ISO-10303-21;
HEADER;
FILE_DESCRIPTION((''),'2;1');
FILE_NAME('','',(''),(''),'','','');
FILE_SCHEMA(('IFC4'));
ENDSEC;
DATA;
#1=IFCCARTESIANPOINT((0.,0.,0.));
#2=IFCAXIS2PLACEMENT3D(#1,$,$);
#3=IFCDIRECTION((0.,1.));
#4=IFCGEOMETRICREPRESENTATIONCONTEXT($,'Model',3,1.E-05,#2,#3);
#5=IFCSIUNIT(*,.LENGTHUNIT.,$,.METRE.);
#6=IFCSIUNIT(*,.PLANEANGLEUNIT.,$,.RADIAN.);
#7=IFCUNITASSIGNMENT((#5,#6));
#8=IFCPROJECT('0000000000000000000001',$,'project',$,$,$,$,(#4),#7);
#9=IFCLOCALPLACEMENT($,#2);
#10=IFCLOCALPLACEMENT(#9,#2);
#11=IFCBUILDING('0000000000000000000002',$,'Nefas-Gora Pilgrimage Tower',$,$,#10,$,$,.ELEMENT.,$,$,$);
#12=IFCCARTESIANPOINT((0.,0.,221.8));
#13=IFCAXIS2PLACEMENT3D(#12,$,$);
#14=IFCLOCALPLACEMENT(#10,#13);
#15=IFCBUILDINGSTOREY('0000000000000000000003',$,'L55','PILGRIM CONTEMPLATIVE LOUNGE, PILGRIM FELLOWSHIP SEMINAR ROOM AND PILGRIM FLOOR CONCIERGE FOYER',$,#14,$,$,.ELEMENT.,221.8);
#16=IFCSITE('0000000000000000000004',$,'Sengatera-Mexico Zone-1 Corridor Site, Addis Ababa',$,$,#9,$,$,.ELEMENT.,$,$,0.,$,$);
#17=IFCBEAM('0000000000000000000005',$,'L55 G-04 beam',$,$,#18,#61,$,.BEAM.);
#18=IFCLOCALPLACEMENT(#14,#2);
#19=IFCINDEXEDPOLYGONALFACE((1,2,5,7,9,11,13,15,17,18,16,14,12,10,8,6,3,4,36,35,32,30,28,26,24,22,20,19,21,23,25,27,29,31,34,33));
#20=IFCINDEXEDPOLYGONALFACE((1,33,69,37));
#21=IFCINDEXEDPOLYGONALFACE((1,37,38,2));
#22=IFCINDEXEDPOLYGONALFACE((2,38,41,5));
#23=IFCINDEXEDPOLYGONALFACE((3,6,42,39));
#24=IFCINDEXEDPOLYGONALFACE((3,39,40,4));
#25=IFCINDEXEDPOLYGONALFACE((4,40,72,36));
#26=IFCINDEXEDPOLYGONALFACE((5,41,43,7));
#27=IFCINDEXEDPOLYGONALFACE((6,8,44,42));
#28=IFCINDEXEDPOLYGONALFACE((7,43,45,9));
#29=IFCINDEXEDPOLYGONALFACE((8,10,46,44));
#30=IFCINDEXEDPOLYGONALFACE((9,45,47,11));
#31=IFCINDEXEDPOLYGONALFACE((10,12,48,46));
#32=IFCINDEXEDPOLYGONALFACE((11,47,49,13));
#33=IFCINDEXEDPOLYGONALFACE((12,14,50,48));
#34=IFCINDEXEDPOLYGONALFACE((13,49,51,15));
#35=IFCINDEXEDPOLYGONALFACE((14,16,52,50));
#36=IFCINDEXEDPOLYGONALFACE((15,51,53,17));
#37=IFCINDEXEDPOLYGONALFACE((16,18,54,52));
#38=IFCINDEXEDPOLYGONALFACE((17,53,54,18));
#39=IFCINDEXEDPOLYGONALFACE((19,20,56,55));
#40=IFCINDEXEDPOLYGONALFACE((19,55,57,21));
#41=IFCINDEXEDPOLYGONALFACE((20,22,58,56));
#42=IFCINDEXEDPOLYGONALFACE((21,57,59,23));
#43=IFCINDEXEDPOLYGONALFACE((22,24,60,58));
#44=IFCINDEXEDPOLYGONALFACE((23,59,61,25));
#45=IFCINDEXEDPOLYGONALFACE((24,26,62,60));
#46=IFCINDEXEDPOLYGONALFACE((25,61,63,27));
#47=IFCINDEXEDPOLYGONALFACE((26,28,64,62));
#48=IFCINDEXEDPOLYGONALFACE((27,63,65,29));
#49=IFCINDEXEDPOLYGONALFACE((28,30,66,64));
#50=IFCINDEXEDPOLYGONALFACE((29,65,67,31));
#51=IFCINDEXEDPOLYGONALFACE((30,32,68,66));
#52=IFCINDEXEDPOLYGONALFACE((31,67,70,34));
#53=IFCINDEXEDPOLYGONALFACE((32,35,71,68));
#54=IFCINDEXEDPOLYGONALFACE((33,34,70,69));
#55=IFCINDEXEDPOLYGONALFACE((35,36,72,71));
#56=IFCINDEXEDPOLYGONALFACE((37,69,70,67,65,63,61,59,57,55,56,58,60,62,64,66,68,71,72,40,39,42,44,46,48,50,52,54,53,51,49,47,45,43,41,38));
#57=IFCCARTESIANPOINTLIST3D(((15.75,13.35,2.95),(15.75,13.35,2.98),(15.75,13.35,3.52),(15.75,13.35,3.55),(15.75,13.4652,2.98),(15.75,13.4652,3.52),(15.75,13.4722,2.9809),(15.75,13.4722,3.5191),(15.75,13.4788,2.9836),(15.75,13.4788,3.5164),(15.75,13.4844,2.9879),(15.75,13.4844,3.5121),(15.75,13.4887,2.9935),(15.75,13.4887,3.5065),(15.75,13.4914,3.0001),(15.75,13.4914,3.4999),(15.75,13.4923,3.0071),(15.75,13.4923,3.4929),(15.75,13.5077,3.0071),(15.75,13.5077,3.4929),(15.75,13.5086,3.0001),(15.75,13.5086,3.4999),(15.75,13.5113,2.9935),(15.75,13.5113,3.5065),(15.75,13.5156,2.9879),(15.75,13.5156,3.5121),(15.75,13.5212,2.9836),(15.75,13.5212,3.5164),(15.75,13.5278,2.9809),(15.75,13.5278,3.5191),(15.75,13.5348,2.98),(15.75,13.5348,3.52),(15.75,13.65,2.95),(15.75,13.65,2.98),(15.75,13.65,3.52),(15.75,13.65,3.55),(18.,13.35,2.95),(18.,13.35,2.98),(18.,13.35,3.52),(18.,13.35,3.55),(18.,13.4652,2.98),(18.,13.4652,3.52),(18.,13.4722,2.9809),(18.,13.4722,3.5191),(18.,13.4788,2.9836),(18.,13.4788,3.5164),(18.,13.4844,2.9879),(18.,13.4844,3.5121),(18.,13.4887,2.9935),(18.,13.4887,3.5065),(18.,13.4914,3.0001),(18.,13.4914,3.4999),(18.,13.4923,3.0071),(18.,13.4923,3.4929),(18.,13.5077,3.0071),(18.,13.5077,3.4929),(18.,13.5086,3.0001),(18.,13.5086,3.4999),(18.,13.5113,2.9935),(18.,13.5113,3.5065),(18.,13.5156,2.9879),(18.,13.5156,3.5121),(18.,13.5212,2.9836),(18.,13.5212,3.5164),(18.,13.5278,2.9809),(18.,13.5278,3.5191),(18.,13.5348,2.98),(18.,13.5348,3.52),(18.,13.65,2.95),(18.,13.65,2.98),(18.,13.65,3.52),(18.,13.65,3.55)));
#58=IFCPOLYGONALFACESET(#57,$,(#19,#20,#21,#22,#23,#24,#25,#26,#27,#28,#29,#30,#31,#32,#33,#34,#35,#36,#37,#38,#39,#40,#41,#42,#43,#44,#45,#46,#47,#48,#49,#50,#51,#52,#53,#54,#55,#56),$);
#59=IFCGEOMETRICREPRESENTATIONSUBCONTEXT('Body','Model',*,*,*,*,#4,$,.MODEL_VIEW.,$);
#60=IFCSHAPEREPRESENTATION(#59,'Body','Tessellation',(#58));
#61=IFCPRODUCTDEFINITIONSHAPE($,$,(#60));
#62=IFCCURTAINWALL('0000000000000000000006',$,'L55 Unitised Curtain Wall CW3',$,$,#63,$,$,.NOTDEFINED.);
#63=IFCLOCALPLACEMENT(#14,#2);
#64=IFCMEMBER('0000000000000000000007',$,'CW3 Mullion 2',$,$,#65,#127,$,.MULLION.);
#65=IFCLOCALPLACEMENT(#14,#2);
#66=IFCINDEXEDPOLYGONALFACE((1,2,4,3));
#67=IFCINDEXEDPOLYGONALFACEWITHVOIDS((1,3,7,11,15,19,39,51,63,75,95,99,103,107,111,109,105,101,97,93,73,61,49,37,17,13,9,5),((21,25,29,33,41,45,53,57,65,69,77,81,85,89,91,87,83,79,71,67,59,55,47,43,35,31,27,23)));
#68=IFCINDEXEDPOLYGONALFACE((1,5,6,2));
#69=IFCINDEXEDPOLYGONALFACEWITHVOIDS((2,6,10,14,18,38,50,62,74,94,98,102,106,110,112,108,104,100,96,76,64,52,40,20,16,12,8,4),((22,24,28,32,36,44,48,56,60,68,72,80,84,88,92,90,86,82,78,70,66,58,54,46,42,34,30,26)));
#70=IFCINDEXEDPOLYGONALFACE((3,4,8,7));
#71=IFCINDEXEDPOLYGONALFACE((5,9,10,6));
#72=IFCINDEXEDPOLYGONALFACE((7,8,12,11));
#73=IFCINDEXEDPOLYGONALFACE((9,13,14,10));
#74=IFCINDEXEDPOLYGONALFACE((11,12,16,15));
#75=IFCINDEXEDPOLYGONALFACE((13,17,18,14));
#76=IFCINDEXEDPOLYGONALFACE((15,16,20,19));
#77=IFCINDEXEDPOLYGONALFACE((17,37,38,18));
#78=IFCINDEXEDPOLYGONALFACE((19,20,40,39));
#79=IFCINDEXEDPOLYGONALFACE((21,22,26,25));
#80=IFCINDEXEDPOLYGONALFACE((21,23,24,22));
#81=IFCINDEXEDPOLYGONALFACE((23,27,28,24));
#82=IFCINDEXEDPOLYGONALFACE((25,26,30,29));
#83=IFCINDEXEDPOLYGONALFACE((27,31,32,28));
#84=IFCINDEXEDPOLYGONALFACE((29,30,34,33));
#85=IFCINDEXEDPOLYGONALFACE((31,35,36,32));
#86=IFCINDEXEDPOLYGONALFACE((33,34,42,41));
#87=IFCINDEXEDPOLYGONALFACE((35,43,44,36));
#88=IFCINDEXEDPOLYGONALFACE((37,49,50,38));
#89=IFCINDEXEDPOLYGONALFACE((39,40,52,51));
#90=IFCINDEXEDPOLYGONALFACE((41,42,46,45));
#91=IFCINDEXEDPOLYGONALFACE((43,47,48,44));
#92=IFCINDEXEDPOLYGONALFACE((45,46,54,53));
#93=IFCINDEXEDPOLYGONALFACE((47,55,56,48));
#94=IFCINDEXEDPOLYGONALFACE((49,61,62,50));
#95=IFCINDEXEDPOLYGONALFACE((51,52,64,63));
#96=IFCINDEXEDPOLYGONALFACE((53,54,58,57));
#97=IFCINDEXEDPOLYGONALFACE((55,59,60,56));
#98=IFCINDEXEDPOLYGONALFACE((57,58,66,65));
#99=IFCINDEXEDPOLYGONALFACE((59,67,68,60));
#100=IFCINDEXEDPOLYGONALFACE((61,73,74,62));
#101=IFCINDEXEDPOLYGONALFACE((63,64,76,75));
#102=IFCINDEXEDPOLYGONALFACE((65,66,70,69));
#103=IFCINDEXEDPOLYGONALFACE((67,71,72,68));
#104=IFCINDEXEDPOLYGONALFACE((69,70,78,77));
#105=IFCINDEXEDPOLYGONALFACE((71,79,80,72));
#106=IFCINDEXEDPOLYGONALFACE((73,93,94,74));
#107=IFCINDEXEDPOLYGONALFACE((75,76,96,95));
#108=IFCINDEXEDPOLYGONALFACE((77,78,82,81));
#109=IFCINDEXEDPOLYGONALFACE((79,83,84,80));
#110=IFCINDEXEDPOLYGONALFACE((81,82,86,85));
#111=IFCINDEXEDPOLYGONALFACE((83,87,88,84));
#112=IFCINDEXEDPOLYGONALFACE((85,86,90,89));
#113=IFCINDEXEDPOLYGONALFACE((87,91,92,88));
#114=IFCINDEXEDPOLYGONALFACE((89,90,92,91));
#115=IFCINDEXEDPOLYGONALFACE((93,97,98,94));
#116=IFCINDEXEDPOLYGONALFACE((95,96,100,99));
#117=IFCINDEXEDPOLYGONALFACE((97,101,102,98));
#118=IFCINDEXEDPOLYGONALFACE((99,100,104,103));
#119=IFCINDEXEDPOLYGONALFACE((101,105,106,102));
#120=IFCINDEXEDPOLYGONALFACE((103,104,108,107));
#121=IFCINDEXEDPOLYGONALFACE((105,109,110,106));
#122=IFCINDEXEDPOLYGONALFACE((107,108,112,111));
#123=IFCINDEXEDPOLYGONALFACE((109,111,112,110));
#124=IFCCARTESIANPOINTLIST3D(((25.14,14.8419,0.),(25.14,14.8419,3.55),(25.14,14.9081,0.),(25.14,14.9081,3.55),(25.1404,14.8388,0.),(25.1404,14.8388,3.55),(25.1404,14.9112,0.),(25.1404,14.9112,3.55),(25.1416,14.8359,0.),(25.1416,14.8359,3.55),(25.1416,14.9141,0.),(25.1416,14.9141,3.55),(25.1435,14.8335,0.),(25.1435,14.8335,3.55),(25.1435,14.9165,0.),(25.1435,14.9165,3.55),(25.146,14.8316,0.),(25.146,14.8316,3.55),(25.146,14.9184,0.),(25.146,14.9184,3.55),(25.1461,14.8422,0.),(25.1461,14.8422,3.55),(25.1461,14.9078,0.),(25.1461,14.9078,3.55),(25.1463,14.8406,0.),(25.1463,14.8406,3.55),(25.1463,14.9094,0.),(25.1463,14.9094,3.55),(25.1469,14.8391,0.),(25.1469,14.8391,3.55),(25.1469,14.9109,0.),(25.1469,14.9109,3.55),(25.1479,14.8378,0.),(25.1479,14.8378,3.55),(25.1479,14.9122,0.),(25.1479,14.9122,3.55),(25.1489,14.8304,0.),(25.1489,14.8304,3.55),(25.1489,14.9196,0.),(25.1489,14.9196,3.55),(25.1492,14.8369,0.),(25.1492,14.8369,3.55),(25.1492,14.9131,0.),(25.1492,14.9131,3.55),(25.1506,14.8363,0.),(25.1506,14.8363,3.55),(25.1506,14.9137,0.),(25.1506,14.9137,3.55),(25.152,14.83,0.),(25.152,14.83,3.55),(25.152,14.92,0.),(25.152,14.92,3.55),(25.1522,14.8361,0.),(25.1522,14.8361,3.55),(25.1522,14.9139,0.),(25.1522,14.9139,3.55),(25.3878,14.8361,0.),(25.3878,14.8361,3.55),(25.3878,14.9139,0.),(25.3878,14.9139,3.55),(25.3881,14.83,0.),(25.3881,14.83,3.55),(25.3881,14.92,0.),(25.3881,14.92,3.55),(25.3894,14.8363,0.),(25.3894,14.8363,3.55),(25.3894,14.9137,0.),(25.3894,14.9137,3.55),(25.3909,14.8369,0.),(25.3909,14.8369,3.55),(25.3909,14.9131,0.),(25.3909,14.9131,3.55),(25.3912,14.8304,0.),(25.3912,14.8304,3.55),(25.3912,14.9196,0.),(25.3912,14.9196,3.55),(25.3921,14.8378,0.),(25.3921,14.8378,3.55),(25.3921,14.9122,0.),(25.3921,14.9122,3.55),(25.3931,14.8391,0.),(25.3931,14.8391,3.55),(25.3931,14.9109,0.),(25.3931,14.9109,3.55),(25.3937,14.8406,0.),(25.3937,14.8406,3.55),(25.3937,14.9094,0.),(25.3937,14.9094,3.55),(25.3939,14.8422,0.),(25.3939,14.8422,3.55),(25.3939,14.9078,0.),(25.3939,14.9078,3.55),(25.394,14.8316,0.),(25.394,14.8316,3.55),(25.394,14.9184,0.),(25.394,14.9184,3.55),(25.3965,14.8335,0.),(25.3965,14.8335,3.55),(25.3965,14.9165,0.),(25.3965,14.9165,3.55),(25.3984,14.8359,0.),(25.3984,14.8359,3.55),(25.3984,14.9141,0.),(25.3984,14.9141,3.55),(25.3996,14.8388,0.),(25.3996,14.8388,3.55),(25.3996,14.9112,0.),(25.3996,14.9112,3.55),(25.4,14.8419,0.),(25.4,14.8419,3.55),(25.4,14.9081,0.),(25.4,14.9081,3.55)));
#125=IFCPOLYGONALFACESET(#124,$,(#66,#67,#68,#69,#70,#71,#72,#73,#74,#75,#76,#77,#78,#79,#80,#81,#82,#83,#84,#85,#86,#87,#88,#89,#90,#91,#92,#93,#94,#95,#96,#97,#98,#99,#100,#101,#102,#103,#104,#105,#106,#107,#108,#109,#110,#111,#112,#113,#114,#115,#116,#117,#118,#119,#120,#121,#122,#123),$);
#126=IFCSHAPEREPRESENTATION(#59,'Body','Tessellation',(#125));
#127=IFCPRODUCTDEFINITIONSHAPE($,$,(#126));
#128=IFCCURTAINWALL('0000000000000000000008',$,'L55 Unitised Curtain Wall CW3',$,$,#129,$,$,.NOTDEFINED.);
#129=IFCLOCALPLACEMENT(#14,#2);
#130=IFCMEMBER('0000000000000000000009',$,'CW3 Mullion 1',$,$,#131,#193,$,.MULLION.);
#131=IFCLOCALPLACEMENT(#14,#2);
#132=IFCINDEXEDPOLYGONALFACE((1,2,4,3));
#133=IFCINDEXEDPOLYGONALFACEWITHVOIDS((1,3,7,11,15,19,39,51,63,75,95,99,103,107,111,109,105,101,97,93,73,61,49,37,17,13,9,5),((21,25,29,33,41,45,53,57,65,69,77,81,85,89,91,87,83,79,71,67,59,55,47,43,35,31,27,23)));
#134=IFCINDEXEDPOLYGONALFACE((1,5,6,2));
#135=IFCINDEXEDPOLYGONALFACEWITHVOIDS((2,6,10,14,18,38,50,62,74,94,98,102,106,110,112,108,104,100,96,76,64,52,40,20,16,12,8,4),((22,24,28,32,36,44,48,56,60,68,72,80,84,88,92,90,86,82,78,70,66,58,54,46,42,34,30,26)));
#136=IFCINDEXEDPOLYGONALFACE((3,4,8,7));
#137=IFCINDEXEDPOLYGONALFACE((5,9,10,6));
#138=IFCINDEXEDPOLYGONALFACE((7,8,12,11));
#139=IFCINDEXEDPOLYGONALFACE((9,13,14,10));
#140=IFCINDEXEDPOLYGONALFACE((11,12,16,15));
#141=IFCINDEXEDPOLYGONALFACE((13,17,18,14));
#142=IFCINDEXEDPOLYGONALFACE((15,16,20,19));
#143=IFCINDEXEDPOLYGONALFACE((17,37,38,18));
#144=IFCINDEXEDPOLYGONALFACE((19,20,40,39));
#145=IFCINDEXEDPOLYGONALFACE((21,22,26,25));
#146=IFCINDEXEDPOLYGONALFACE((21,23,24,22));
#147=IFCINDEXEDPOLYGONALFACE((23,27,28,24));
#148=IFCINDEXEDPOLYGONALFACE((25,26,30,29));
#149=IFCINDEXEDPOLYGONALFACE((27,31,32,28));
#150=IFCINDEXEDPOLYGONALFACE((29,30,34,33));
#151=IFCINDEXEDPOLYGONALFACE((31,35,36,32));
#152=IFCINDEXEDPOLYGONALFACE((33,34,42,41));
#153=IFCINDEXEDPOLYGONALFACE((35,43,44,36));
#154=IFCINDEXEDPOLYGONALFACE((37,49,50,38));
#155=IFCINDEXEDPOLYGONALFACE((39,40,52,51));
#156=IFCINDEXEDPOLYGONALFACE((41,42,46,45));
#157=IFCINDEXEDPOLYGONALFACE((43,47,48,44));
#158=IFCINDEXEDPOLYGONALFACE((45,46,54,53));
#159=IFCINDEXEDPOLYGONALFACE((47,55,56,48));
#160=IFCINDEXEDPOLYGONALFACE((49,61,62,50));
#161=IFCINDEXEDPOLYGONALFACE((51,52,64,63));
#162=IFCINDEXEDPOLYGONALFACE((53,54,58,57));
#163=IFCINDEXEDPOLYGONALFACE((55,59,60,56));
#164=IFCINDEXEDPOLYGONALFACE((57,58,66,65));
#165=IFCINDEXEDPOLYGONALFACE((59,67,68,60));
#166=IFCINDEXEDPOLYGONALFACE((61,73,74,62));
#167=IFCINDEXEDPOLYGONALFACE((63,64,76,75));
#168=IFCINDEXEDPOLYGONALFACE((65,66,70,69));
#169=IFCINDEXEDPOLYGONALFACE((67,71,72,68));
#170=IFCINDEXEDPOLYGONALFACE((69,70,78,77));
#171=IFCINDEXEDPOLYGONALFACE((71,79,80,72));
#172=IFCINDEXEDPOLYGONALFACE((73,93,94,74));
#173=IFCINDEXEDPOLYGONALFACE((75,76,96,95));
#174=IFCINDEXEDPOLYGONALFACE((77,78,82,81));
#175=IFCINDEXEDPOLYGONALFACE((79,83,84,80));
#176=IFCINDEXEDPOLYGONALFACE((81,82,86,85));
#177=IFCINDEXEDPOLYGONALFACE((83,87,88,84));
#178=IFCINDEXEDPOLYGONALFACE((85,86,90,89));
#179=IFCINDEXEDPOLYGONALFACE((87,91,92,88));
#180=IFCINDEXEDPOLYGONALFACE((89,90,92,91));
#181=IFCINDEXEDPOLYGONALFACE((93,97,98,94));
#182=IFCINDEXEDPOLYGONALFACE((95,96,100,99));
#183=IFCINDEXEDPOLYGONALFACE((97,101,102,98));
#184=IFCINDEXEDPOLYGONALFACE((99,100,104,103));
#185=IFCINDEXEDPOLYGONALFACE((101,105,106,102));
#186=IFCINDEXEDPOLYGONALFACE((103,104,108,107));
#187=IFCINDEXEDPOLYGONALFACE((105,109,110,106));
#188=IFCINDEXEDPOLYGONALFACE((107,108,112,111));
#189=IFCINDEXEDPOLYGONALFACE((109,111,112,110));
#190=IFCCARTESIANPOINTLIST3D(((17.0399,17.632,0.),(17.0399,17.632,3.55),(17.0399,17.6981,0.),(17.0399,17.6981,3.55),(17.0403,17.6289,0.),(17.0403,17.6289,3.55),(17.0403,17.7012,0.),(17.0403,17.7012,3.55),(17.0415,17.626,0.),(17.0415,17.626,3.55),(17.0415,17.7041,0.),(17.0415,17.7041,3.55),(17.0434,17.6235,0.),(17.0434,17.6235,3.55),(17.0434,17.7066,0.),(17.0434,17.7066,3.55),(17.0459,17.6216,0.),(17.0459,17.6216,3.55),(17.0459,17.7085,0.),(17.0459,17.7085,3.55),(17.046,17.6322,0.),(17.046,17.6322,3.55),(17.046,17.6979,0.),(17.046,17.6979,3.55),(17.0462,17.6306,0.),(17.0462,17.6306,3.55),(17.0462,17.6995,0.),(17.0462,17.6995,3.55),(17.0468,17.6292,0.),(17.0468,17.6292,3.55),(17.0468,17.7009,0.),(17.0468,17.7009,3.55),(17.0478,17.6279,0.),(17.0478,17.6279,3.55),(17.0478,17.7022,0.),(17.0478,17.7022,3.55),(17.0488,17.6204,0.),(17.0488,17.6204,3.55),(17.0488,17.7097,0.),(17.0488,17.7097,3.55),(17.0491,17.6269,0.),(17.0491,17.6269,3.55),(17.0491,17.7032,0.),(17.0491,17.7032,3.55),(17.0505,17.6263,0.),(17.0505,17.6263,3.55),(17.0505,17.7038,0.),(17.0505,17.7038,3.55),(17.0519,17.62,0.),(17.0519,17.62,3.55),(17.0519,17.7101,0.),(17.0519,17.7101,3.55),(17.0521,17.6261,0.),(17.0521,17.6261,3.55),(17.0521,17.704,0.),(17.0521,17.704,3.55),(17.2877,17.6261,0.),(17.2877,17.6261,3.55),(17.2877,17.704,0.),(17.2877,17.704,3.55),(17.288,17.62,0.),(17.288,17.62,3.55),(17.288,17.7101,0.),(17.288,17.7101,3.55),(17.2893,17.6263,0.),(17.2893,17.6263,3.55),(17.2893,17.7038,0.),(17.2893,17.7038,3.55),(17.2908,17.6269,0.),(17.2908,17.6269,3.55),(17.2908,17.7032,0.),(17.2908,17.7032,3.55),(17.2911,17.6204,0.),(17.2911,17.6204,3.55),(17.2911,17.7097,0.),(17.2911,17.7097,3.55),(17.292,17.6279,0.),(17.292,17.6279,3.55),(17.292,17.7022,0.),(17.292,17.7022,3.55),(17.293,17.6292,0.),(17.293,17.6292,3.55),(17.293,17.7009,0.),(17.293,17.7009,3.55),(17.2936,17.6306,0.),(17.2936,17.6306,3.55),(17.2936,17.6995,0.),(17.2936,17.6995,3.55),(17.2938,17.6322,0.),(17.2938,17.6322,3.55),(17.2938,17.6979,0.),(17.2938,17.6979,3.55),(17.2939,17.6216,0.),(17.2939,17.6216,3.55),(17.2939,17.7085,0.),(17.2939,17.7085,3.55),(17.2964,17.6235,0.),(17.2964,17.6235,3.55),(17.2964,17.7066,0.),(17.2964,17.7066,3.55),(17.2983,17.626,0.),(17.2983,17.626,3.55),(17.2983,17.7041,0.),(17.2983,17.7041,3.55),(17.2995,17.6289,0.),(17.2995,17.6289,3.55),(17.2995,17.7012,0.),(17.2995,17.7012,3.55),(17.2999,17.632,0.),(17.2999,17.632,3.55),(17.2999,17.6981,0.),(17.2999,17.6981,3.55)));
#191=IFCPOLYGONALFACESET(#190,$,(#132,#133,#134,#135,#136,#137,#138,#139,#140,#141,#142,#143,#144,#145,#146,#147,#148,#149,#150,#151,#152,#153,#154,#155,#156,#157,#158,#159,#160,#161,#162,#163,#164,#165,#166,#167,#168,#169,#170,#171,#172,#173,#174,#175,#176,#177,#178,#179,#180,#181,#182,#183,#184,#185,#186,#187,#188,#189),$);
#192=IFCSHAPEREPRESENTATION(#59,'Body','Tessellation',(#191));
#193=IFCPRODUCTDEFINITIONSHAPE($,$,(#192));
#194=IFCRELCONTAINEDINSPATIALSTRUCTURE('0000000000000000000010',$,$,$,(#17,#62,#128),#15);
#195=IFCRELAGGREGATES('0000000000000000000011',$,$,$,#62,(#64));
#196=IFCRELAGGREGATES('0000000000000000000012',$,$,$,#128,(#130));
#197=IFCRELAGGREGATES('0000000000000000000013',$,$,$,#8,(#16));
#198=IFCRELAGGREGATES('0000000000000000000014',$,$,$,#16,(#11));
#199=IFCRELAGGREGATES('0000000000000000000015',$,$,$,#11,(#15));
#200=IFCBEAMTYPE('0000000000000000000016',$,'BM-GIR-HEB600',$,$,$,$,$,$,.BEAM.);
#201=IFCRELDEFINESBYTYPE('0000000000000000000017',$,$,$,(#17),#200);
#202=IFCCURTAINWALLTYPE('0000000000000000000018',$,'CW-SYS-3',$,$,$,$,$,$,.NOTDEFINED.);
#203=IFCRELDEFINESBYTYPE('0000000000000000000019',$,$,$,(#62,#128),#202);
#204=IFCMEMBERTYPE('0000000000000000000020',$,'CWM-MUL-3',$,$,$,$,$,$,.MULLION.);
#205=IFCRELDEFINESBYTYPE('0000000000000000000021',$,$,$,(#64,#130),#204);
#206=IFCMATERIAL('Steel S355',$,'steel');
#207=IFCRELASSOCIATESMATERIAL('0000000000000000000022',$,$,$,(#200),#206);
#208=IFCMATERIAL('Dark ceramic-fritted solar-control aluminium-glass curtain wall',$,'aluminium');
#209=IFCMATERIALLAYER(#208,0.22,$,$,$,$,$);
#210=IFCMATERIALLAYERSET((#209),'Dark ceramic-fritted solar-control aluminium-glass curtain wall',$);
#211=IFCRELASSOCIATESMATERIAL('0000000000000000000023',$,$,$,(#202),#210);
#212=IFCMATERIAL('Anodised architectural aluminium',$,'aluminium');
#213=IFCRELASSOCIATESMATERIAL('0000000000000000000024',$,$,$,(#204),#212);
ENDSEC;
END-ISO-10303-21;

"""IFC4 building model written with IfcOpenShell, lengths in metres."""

from ifc_helpers import new_model, si_unit, direction, frame, origin, origin_2d, place, context, subcontext, project, spatial, hollow_rectangle, i_section, extrude, source, transform, mapped, material, layer, layer_set, material_profile, profile_set, type_object, element, aggregate, save


model = new_model("IFC4")

# Units and contexts
model_context = context("Model", 3, precision=1e-05, world=origin(), true_north=direction((0.0, 1.0)))
body_context = subcontext(model_context, "Body", "Model", "MODEL_VIEW")
ifc_project = project(units=[si_unit("LENGTHUNIT", "METRE"), si_unit("PLANEANGLEUNIT", "RADIAN")], contexts=[model_context])

# Site, building, storey
site_placement = place(None, origin())
site = spatial("IfcSite", under=ifc_project, at=site_placement, Name="Sengatera-Mexico Zone-1 Corridor Site, Addis Ababa", CompositionType="ELEMENT", RefElevation=0.0)
building_placement = place(site_placement, origin())
building = spatial("IfcBuilding", under=site, at=building_placement, Name="Nefas-Gora Pilgrimage Tower", CompositionType="ELEMENT")
storey_placement = place(building_placement, frame((0.0, 0.0, 221.8)))
storey = spatial("IfcBuildingStorey", under=building, at=storey_placement, Name="L55", Description="PILGRIM CONTEMPLATIVE LOUNGE, PILGRIM FELLOWSHIP SEMINAR ROOM AND PILGRIM FLOOR CONCIERGE FOYER", CompositionType="ELEMENT", Elevation=221.8)

# Beam
ifc_material_1 = material(Name="Steel S355", Category="steel")
ifc_material_profile_1 = material_profile(ifc_material_1, i_section(OverallWidth=0.3, OverallDepth=0.6001, WebThickness=0.0154, FlangeThickness=0.03, FilletRadius=0.0271, at=origin_2d()), Name="HEB 600")
ifc_profile_set_1 = profile_set([ifc_material_profile_1], Name="Steel S355")
beam_type_1 = type_object("IfcBeamType", Name="BM-GIR-HEB600", PredefinedType="BEAM", material=ifc_profile_set_1)
shared_shape_1 = source(origin(), body_context, "Body", "SweptSolid", [
    extrude(i_section(OverallWidth=0.3, OverallDepth=0.6001, WebThickness=0.0154, FlangeThickness=0.03, FilletRadius=0.0271, at=origin_2d()), origin(), (0.0, 0.0, 1.0), 2.25),
])
beam_1_placement = place(storey_placement, frame((15.75, 13.5, 3.25), z_axis=(1.0, 0.0, 0.0), x_axis=(0.0, 1.0, 0.0)))
element("IfcBeam", 1, at=beam_1_placement, inside=storey, type_object=beam_type_1, Name="L55 G-04 beam", PredefinedType="BEAM", context=body_context, shape_type="MappedRepresentation", body=[
    mapped(shared_shape_1, transform((0.0, 0.0, 0.0), x_axis=(1.0, 0.0, 0.0), y_axis=(0.0, 1.0, 0.0), z_axis=(0.0, 0.0, 1.0), scale=1.0)),
])

# Curtain wall, member
ifc_material_2 = material(Name="Dark ceramic-fritted solar-control aluminium-glass curtain wall", Category="aluminium")
ifc_layer_1 = layer(ifc_material_2, 0.22)
ifc_layer_set_1 = layer_set([ifc_layer_1], Name="Dark ceramic-fritted solar-control aluminium-glass curtain wall")
curtain_wall_type = type_object("IfcCurtainWallType", Name="CW-SYS-3", PredefinedType="NOTDEFINED", material=ifc_layer_set_1)
curtain_wall_1_placement = place(storey_placement, origin())
curtain_wall_1 = element("IfcCurtainWall", 2, at=curtain_wall_1_placement, inside=storey, type_object=curtain_wall_type, Name="L55 Unitised Curtain Wall CW3", PredefinedType="NOTDEFINED")
ifc_material_3 = material(Name="Anodised architectural aluminium", Category="aluminium")
ifc_material_profile_2 = material_profile(ifc_material_3, hollow_rectangle(XDim=0.0901, YDim=0.26, WallThickness=0.0061, InnerFilletRadius=0.0061, OuterFilletRadius=0.012, at=origin_2d()), Name="ALU MULLION 90x260")
ifc_profile_set_2 = profile_set([ifc_material_profile_2], Name="Anodised architectural aluminium")
member_type_1 = type_object("IfcMemberType", Name="CWM-MUL-3", PredefinedType="MULLION", material=ifc_profile_set_2)
shared_shape_2 = source(origin(), body_context, "Body", "SweptSolid", [
    extrude(hollow_rectangle(XDim=0.0901, YDim=0.26, WallThickness=0.0061, InnerFilletRadius=0.0061, OuterFilletRadius=0.012, at=origin_2d()), origin(), (0.0, 0.0, 1.0), 3.55),
])
member_1_placement = place(storey_placement, frame((25.27, 14.875, 0.0), z_axis=(0.0, 0.0, 1.0), x_axis=(0.0, 1.0, 0.0)))
member_1 = element("IfcMember", 3, at=member_1_placement, type_object=member_type_1, Name="CW3 Mullion 2", PredefinedType="MULLION", context=body_context, shape_type="MappedRepresentation", body=[
    mapped(shared_shape_2, transform((0.0, 0.0, 0.0), x_axis=(1.0, 0.0, 0.0), y_axis=(0.0, 1.0, 0.0), z_axis=(0.0, 0.0, 1.0), scale=1.0)),
])
aggregate(curtain_wall_1, [member_1])

# Curtain wall, member
curtain_wall_2_placement = place(storey_placement, origin())
curtain_wall_2 = element("IfcCurtainWall", 4, at=curtain_wall_2_placement, inside=storey, type_object=curtain_wall_type, Name="L55 Unitised Curtain Wall CW3", PredefinedType="NOTDEFINED")
member_2_placement = place(storey_placement, frame((17.1699, 17.665, 0.0), z_axis=(0.0, 0.0, 1.0), x_axis=(0.0, 1.0, 0.0)))
member_2 = element("IfcMember", 5, at=member_2_placement, type_object=member_type_1, Name="CW3 Mullion 1", PredefinedType="MULLION", context=body_context, shape_type="MappedRepresentation", body=[
    mapped(shared_shape_2, transform((0.0, 0.0, 0.0), x_axis=(1.0, 0.0, 0.0), y_axis=(0.0, 1.0, 0.0), z_axis=(0.0, 0.0, 1.0), scale=1.0)),
])

aggregate(curtain_wall_2, [member_2])

save(model, "model.ifc")
